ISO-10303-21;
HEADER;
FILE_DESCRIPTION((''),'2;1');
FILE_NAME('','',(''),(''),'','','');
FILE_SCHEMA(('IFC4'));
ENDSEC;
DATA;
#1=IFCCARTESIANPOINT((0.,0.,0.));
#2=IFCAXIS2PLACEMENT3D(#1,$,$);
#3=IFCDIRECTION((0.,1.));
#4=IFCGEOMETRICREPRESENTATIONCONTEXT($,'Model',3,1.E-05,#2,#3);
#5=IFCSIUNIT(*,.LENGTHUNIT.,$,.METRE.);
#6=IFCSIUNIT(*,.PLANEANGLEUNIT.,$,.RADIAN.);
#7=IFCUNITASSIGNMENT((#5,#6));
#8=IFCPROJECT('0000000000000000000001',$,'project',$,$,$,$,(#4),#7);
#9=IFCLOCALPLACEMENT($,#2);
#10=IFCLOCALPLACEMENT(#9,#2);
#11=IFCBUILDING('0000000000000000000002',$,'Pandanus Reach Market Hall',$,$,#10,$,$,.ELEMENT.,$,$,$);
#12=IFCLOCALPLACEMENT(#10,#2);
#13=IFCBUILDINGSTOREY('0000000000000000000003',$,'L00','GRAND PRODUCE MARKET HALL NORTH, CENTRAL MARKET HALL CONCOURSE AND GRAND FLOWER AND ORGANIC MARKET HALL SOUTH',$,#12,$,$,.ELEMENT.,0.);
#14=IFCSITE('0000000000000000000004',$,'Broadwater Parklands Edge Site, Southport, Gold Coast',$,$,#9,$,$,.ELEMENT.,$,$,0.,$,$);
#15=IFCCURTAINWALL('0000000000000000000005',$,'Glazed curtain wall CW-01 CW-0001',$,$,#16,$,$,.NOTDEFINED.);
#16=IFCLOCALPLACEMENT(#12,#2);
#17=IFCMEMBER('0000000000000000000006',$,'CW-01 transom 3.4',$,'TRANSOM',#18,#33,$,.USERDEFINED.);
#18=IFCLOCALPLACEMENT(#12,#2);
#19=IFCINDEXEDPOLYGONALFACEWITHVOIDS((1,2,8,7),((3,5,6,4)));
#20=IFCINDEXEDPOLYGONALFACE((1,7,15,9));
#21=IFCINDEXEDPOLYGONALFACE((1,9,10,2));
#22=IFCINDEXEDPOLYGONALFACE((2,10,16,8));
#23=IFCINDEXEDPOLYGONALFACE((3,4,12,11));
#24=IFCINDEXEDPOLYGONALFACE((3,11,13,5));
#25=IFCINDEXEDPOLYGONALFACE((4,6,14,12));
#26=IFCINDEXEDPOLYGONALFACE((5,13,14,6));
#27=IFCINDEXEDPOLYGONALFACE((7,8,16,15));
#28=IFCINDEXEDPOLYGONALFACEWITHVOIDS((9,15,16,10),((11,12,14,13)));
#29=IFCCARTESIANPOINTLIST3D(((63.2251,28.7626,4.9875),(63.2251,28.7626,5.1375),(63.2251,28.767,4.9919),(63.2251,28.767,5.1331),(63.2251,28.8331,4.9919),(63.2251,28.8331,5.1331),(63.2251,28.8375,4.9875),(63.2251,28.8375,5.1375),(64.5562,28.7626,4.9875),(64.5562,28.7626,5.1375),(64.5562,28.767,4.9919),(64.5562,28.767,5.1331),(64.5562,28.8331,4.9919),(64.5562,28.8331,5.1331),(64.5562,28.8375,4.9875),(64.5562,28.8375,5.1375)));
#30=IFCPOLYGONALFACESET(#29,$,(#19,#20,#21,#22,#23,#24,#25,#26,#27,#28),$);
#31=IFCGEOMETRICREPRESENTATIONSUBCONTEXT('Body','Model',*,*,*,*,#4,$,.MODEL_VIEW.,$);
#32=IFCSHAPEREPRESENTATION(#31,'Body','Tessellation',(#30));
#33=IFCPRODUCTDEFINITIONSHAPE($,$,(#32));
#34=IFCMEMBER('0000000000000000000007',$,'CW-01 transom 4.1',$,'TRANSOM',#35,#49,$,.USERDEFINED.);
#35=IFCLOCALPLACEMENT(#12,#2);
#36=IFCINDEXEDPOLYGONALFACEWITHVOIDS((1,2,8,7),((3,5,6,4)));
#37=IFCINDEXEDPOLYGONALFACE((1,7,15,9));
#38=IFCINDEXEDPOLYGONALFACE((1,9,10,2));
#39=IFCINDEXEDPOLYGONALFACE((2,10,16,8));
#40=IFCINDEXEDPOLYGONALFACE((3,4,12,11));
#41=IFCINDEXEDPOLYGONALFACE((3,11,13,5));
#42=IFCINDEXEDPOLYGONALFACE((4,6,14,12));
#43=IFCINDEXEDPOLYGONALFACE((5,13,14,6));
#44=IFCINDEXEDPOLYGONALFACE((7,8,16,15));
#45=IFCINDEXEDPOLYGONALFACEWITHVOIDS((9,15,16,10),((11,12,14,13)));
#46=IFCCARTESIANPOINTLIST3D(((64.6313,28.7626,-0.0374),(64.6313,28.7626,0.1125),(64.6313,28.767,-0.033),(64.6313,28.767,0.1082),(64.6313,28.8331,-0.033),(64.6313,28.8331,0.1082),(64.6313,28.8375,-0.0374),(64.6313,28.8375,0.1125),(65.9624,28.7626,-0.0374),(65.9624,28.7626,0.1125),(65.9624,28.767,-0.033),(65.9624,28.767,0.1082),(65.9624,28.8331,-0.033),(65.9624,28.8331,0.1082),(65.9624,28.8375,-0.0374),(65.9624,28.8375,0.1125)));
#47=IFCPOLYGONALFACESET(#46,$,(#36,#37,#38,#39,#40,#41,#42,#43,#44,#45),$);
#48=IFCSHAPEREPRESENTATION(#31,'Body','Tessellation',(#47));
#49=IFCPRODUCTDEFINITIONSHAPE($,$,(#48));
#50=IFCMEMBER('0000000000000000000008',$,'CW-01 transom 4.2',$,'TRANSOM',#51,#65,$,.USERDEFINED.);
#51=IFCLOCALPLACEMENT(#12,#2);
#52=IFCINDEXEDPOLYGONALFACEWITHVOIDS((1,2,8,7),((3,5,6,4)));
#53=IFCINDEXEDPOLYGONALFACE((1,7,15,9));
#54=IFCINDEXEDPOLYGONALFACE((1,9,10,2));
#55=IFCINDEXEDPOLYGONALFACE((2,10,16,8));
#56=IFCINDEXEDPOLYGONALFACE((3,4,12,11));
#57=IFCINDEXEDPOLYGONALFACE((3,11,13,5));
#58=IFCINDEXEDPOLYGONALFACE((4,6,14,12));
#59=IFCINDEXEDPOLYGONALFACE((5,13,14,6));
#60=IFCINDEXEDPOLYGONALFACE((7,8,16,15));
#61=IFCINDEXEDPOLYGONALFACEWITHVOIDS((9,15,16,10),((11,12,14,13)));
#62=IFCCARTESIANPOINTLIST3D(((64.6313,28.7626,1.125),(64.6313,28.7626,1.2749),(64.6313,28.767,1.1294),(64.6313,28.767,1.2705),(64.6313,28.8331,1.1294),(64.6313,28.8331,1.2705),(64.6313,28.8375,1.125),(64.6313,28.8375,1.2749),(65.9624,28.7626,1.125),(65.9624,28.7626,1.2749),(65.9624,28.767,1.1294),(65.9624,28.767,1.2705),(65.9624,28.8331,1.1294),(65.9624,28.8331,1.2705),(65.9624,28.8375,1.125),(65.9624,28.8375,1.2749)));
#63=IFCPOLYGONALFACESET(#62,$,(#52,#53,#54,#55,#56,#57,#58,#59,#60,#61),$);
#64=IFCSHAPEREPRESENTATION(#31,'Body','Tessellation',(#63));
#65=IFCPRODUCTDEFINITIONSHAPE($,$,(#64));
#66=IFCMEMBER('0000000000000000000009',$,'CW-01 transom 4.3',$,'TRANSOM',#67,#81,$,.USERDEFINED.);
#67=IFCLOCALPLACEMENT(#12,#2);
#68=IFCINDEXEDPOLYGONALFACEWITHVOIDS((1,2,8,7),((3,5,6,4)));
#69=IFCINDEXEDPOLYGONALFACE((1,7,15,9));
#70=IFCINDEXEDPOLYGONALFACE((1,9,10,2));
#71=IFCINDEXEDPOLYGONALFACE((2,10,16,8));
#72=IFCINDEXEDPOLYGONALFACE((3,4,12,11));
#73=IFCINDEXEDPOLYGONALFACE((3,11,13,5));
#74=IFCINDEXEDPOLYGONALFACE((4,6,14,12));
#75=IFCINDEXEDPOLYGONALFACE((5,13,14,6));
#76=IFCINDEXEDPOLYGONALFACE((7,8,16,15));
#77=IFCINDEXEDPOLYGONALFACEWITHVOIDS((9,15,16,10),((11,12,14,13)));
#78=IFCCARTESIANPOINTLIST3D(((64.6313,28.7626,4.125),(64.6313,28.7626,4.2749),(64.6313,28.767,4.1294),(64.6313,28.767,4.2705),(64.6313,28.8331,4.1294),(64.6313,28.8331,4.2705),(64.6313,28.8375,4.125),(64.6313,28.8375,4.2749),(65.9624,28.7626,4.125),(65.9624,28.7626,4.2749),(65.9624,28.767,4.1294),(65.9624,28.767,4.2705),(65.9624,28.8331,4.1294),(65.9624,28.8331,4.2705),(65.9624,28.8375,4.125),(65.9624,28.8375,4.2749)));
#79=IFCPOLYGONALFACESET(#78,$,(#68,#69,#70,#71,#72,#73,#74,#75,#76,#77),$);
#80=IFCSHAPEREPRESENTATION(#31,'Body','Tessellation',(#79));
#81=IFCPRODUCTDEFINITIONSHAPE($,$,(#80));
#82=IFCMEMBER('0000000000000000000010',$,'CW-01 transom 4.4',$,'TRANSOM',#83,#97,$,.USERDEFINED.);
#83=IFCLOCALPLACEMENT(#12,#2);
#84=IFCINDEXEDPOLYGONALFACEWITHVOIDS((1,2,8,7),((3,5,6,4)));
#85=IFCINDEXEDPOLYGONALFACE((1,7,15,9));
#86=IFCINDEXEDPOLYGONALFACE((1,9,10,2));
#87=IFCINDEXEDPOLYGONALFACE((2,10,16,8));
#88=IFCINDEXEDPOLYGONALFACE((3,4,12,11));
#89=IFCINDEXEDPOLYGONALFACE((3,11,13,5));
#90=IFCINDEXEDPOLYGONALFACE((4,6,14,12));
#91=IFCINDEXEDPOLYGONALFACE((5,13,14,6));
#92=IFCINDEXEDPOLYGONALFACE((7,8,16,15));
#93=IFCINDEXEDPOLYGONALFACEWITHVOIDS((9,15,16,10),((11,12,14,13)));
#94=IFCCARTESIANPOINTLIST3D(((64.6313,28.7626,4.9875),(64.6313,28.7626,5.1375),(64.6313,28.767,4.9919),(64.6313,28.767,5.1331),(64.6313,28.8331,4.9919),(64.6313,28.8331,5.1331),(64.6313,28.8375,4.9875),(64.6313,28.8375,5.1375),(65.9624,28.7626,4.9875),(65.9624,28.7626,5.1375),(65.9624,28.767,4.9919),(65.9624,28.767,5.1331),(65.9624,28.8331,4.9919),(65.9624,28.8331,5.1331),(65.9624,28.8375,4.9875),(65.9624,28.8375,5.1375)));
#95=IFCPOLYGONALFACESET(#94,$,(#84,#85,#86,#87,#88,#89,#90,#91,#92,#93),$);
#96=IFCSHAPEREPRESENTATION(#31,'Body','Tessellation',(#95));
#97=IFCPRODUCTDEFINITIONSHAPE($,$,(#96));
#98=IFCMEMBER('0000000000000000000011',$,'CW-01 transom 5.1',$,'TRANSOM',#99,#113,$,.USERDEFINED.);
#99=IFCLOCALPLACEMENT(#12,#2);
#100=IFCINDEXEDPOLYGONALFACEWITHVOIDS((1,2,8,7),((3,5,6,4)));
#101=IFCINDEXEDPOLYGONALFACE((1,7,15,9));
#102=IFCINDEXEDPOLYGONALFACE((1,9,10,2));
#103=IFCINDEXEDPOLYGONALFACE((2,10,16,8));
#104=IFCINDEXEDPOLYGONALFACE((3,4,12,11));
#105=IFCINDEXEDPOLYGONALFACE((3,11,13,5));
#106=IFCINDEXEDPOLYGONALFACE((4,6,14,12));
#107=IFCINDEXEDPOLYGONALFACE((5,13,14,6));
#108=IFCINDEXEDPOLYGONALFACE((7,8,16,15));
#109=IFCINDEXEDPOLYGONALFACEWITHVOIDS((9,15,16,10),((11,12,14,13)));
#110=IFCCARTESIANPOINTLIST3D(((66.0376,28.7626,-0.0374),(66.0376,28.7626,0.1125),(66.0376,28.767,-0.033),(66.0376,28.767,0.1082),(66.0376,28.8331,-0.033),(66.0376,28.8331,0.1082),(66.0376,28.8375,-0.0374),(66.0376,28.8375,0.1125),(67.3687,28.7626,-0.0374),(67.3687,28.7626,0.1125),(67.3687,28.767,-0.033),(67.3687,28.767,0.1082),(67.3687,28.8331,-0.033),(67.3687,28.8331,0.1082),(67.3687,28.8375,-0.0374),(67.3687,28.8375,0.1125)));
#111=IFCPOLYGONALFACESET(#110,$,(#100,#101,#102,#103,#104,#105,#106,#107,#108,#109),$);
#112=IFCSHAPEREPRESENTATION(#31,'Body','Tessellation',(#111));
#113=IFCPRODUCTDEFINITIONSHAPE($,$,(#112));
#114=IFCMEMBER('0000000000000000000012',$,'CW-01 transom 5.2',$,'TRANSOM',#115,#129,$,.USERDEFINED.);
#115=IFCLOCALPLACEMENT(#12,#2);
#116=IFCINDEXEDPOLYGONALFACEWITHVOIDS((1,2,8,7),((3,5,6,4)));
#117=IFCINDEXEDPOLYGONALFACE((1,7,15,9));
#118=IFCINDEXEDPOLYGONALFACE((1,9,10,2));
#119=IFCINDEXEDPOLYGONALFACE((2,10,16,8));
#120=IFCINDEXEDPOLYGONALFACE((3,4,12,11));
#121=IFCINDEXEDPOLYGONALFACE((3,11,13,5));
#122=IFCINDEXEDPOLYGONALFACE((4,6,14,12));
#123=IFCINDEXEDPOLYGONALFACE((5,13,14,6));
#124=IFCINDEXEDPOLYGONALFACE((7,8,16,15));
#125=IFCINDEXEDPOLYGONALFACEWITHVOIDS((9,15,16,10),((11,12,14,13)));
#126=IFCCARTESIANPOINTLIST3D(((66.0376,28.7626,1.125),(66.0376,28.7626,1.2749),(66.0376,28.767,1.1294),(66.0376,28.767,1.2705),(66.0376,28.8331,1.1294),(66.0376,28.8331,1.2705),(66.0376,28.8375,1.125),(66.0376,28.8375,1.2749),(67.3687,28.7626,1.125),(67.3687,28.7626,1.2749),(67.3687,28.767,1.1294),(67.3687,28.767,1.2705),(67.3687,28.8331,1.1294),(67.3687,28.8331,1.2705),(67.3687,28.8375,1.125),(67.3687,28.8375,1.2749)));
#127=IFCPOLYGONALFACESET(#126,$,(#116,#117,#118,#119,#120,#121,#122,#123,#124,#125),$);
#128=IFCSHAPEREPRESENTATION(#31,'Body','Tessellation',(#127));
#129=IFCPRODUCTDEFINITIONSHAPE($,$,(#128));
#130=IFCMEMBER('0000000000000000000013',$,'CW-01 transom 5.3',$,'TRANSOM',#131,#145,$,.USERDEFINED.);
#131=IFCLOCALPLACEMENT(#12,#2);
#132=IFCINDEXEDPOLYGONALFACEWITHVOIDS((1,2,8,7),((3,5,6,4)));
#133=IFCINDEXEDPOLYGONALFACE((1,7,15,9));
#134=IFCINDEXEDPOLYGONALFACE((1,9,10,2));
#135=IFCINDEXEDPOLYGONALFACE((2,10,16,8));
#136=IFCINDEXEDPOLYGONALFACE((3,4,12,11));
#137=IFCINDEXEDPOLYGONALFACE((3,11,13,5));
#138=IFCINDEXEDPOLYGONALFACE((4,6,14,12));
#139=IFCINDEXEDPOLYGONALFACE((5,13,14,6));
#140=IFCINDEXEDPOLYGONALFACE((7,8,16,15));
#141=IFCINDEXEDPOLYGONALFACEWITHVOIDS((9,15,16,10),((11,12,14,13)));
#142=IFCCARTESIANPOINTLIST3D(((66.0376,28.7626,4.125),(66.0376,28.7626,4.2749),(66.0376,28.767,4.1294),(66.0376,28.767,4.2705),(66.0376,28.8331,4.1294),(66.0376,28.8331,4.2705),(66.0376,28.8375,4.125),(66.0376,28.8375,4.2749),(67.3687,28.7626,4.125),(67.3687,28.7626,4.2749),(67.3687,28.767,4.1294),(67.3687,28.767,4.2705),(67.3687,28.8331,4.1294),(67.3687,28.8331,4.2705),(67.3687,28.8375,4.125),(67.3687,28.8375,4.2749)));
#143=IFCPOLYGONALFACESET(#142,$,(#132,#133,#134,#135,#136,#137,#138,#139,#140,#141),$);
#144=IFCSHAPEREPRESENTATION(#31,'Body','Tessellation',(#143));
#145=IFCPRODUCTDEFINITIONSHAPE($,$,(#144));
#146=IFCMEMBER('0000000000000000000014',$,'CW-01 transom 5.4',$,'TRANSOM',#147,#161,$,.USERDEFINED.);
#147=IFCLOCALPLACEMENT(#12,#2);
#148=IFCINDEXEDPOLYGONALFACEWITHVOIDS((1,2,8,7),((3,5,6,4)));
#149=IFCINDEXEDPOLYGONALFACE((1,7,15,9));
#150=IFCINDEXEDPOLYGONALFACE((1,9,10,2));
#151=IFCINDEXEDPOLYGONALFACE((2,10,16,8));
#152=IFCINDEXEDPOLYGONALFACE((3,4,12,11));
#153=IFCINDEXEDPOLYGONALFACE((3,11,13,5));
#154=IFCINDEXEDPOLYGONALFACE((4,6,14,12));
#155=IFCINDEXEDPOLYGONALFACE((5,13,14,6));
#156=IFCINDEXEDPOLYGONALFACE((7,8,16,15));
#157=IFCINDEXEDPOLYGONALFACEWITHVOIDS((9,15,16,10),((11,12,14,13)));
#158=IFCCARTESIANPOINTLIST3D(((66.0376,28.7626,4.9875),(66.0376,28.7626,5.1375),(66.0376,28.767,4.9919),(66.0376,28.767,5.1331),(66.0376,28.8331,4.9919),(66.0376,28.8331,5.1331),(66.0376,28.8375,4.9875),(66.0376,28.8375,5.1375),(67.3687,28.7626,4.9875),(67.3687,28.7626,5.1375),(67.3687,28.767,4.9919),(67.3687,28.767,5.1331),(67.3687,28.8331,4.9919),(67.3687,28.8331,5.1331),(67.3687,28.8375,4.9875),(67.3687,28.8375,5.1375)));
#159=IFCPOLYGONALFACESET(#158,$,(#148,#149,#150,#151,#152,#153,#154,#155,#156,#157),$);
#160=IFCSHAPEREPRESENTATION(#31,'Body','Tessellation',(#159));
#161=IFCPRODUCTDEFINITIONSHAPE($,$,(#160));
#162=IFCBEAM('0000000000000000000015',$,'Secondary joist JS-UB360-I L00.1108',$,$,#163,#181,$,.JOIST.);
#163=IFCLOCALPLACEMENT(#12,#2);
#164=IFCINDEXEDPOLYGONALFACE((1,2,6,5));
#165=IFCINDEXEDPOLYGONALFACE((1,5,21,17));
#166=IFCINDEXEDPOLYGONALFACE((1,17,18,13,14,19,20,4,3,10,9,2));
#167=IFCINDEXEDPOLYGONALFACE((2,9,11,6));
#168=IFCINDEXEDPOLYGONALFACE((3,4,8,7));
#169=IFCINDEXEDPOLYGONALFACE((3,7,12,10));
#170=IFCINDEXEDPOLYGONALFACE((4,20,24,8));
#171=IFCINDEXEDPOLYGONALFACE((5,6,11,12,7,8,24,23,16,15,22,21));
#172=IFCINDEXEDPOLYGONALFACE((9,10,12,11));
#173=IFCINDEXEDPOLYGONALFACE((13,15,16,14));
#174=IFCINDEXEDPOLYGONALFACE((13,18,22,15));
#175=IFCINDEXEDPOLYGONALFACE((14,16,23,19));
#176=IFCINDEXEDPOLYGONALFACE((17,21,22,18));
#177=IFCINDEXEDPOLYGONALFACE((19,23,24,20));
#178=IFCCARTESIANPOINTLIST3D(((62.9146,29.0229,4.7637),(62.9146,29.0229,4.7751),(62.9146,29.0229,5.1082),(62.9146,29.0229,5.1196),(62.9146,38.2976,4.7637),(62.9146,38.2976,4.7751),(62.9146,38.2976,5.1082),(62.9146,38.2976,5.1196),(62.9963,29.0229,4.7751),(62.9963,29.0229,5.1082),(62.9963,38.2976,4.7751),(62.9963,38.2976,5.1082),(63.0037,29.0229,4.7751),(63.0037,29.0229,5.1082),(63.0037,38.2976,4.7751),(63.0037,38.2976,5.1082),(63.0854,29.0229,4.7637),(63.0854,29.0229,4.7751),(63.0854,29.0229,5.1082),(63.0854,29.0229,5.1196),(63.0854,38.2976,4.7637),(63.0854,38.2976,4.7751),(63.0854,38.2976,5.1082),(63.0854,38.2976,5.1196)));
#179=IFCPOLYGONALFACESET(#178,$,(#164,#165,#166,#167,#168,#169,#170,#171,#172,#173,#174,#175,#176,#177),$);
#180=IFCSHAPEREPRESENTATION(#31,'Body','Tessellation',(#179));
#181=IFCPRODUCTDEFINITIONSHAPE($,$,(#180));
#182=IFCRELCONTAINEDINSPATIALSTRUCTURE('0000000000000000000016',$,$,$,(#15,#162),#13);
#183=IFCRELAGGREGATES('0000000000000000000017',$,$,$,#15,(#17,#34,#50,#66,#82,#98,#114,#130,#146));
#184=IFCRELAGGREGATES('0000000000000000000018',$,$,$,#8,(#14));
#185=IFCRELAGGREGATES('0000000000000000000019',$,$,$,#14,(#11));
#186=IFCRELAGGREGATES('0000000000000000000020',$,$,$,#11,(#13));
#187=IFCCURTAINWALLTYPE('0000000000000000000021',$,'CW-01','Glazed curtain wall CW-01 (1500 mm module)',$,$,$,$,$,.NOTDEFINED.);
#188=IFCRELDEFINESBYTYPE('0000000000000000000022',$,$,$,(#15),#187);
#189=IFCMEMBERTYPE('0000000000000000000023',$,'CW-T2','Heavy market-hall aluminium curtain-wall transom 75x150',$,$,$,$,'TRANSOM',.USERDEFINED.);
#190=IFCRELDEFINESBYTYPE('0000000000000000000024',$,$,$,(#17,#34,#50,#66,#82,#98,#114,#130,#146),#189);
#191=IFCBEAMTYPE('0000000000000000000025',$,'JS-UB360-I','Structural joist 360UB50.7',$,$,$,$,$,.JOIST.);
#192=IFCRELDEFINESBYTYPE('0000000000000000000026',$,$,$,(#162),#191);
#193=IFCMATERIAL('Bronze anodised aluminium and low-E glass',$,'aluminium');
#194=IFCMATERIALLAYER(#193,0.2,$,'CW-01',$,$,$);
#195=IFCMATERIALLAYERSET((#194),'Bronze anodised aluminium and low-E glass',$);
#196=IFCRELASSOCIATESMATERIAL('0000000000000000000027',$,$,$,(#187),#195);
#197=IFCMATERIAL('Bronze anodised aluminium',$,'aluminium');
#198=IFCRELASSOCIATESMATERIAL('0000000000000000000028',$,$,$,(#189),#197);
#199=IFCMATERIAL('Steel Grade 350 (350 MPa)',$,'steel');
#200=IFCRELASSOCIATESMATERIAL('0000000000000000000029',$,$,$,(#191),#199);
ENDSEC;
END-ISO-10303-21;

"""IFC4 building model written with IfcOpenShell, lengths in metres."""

from ifc_helpers import new_model, si_unit, direction, frame, origin, origin_2d, place, context, subcontext, project, spatial, hollow_rectangle, i_section, extrude, material, layer, layer_set, material_profile, profile_set, type_object, element, aggregate, save


model = new_model("IFC4")

# Units and contexts
model_context = context("Model", 3, precision=1e-05, world=origin(), true_north=direction((0.0, 1.0)))
body_context = subcontext(model_context, "Body", "Model", "MODEL_VIEW")
ifc_project = project(units=[si_unit("LENGTHUNIT", "METRE"), si_unit("PLANEANGLEUNIT", "RADIAN")], contexts=[model_context])

# Site, building, storey
site_placement = place(None, origin())
site = spatial("IfcSite", under=ifc_project, at=site_placement, Name="Broadwater Parklands Edge Site, Southport, Gold Coast", CompositionType="ELEMENT", RefElevation=0.0)
building_placement = place(site_placement, origin())
building = spatial("IfcBuilding", under=site, at=building_placement, Name="Pandanus Reach Market Hall", CompositionType="ELEMENT")
storey_placement = place(building_placement, origin())
storey = spatial("IfcBuildingStorey", under=building, at=storey_placement, Name="L00", Description="GRAND PRODUCE MARKET HALL NORTH, CENTRAL MARKET HALL CONCOURSE AND GRAND FLOWER AND ORGANIC MARKET HALL SOUTH", CompositionType="ELEMENT", Elevation=0.0)

# Curtain wall, members
ifc_material_1 = material(Name="Bronze anodised aluminium and low-E glass", Category="aluminium")
ifc_layer_1 = layer(ifc_material_1, 0.2, Name="CW-01")
ifc_layer_set_1 = layer_set([ifc_layer_1], Name="Bronze anodised aluminium and low-E glass")
curtain_wall_type = type_object("IfcCurtainWallType", Name="CW-01", Description="Glazed curtain wall CW-01 (1500 mm module)", PredefinedType="NOTDEFINED", material=ifc_layer_set_1)
curtain_wall_placement = place(storey_placement, origin())
curtain_wall = element("IfcCurtainWall", 1, at=curtain_wall_placement, inside=storey, type_object=curtain_wall_type, Name="Glazed curtain wall CW-01 CW-0001", PredefinedType="NOTDEFINED")
ifc_material_2 = material(Name="Bronze anodised aluminium", Category="aluminium")
ifc_material_profile_1 = material_profile(ifc_material_2, hollow_rectangle(XDim=0.075, YDim=0.1499, WallThickness=0.0044, at=origin_2d()), Name="ALU75x150", Category="LoadBearing")
ifc_profile_set_1 = profile_set([ifc_material_profile_1], Name="Bronze anodised aluminium")
member_type_1 = type_object("IfcMemberType", Name="CW-T2", Description="Heavy market-hall aluminium curtain-wall transom 75x150", ElementType="TRANSOM", PredefinedType="USERDEFINED", material=ifc_profile_set_1)
member_1_placement = place(storey_placement, frame((63.2251, 28.8, 5.0625), z_axis=(1.0, 0.0, 0.0), x_axis=(0.0, 1.0, 0.0)))
member_1 = element("IfcMember", 2, at=member_1_placement, type_object=member_type_1, Name="CW-01 transom 3.4", ObjectType="TRANSOM", PredefinedType="USERDEFINED", context=body_context, shape_type="SweptSolid", body=[
    extrude(hollow_rectangle(XDim=0.075, YDim=0.1499, WallThickness=0.0044, at=origin_2d()), origin(), (0.0, 0.0, 1.0), 1.3311),
])
member_2_placement = place(storey_placement, frame((64.6313, 28.8, 0.0376), z_axis=(1.0, 0.0, 0.0), x_axis=(0.0, 1.0, 0.0)))
member_2 = element("IfcMember", 3, at=member_2_placement, type_object=member_type_1, Name="CW-01 transom 4.1", ObjectType="TRANSOM", PredefinedType="USERDEFINED", context=body_context, shape_type="SweptSolid", body=[
    extrude(hollow_rectangle(XDim=0.075, YDim=0.1499, WallThickness=0.0044, at=origin_2d()), origin(), (0.0, 0.0, 1.0), 1.3311),
])
member_3_placement = place(storey_placement, frame((64.6313, 28.8, 1.2), z_axis=(1.0, 0.0, 0.0), x_axis=(0.0, 1.0, 0.0)))
member_3 = element("IfcMember", 4, at=member_3_placement, type_object=member_type_1, Name="CW-01 transom 4.2", ObjectType="TRANSOM", PredefinedType="USERDEFINED", context=body_context, shape_type="SweptSolid", body=[
    extrude(hollow_rectangle(XDim=0.075, YDim=0.1499, WallThickness=0.0044, at=origin_2d()), origin(), (0.0, 0.0, 1.0), 1.3311),
])
member_4_placement = place(storey_placement, frame((64.6313, 28.8, 4.2), z_axis=(1.0, 0.0, 0.0), x_axis=(0.0, 1.0, 0.0)))
member_4 = element("IfcMember", 5, at=member_4_placement, type_object=member_type_1, Name="CW-01 transom 4.3", ObjectType="TRANSOM", PredefinedType="USERDEFINED", context=body_context, shape_type="SweptSolid", body=[
    extrude(hollow_rectangle(XDim=0.075, YDim=0.1499, WallThickness=0.0044, at=origin_2d()), origin(), (0.0, 0.0, 1.0), 1.3311),
])
member_5_placement = place(storey_placement, frame((64.6313, 28.8, 5.0625), z_axis=(1.0, 0.0, 0.0), x_axis=(0.0, 1.0, 0.0)))
member_5 = element("IfcMember", 6, at=member_5_placement, type_object=member_type_1, Name="CW-01 transom 4.4", ObjectType="TRANSOM", PredefinedType="USERDEFINED", context=body_context, shape_type="SweptSolid", body=[
    extrude(hollow_rectangle(XDim=0.075, YDim=0.1499, WallThickness=0.0044, at=origin_2d()), origin(), (0.0, 0.0, 1.0), 1.3311),
])
member_6_placement = place(storey_placement, frame((66.0376, 28.8, 0.0376), z_axis=(1.0, 0.0, 0.0), x_axis=(0.0, 1.0, 0.0)))
member_6 = element("IfcMember", 7, at=member_6_placement, type_object=member_type_1, Name="CW-01 transom 5.1", ObjectType="TRANSOM", PredefinedType="USERDEFINED", context=body_context, shape_type="SweptSolid", body=[
    extrude(hollow_rectangle(XDim=0.075, YDim=0.1499, WallThickness=0.0044, at=origin_2d()), origin(), (0.0, 0.0, 1.0), 1.3311),
])
member_7_placement = place(storey_placement, frame((66.0376, 28.8, 1.2), z_axis=(1.0, 0.0, 0.0), x_axis=(0.0, 1.0, 0.0)))
member_7 = element("IfcMember", 8, at=member_7_placement, type_object=member_type_1, Name="CW-01 transom 5.2", ObjectType="TRANSOM", PredefinedType="USERDEFINED", context=body_context, shape_type="SweptSolid", body=[
    extrude(hollow_rectangle(XDim=0.075, YDim=0.1499, WallThickness=0.0044, at=origin_2d()), origin(), (0.0, 0.0, 1.0), 1.3311),
])
member_8_placement = place(storey_placement, frame((66.0376, 28.8, 4.2), z_axis=(1.0, 0.0, 0.0), x_axis=(0.0, 1.0, 0.0)))
member_8 = element("IfcMember", 9, at=member_8_placement, type_object=member_type_1, Name="CW-01 transom 5.3", ObjectType="TRANSOM", PredefinedType="USERDEFINED", context=body_context, shape_type="SweptSolid", body=[
    extrude(hollow_rectangle(XDim=0.075, YDim=0.1499, WallThickness=0.0044, at=origin_2d()), origin(), (0.0, 0.0, 1.0), 1.3311),
])
member_9_placement = place(storey_placement, frame((66.0376, 28.8, 5.0625), z_axis=(1.0, 0.0, 0.0), x_axis=(0.0, 1.0, 0.0)))
member_9 = element("IfcMember", 10, at=member_9_placement, type_object=member_type_1, Name="CW-01 transom 5.4", ObjectType="TRANSOM", PredefinedType="USERDEFINED", context=body_context, shape_type="SweptSolid", body=[
    extrude(hollow_rectangle(XDim=0.075, YDim=0.1499, WallThickness=0.0044, at=origin_2d()), origin(), (0.0, 0.0, 1.0), 1.3311),
])

# Beam
ifc_material_3 = material(Name="Steel Grade 350 (350 MPa)", Category="steel")
ifc_material_profile_2 = material_profile(ifc_material_3, i_section(OverallWidth=0.1709, OverallDepth=0.356, WebThickness=0.0073, FlangeThickness=0.0115, at=origin_2d()), Name="360UB50.7", Category="LoadBearing")
ifc_profile_set_2 = profile_set([ifc_material_profile_2], Name="Steel Grade 350 (350 MPa)")
beam_type = type_object("IfcBeamType", Name="JS-UB360-I", Description="Structural joist 360UB50.7", PredefinedType="JOIST", material=ifc_profile_set_2)
for number, where, z_axis, x_axis, name in (
    (11, (63.0, 29.0229, 4.9417), (0.0, 1.0, 0.0), (-1.0, 0.0, 0.0), "Secondary joist JS-UB360-I L00.1108"),
):
    element("IfcBeam", number, at=place(storey_placement, frame(where, z_axis=z_axis, x_axis=x_axis)), inside=storey, type_object=beam_type, Name=name, PredefinedType="JOIST", context=body_context, shape_type="SweptSolid", body=[
        extrude(i_section(OverallWidth=0.1709, OverallDepth=0.356, WebThickness=0.0073, FlangeThickness=0.0115, at=origin_2d()), origin(), (0.0, 0.0, 1.0), 9.2747),
    ])

aggregate(curtain_wall, [member_1, member_2, member_3, member_4, member_5, member_6, member_7, member_8, member_9])

save(model, "model.ifc")
